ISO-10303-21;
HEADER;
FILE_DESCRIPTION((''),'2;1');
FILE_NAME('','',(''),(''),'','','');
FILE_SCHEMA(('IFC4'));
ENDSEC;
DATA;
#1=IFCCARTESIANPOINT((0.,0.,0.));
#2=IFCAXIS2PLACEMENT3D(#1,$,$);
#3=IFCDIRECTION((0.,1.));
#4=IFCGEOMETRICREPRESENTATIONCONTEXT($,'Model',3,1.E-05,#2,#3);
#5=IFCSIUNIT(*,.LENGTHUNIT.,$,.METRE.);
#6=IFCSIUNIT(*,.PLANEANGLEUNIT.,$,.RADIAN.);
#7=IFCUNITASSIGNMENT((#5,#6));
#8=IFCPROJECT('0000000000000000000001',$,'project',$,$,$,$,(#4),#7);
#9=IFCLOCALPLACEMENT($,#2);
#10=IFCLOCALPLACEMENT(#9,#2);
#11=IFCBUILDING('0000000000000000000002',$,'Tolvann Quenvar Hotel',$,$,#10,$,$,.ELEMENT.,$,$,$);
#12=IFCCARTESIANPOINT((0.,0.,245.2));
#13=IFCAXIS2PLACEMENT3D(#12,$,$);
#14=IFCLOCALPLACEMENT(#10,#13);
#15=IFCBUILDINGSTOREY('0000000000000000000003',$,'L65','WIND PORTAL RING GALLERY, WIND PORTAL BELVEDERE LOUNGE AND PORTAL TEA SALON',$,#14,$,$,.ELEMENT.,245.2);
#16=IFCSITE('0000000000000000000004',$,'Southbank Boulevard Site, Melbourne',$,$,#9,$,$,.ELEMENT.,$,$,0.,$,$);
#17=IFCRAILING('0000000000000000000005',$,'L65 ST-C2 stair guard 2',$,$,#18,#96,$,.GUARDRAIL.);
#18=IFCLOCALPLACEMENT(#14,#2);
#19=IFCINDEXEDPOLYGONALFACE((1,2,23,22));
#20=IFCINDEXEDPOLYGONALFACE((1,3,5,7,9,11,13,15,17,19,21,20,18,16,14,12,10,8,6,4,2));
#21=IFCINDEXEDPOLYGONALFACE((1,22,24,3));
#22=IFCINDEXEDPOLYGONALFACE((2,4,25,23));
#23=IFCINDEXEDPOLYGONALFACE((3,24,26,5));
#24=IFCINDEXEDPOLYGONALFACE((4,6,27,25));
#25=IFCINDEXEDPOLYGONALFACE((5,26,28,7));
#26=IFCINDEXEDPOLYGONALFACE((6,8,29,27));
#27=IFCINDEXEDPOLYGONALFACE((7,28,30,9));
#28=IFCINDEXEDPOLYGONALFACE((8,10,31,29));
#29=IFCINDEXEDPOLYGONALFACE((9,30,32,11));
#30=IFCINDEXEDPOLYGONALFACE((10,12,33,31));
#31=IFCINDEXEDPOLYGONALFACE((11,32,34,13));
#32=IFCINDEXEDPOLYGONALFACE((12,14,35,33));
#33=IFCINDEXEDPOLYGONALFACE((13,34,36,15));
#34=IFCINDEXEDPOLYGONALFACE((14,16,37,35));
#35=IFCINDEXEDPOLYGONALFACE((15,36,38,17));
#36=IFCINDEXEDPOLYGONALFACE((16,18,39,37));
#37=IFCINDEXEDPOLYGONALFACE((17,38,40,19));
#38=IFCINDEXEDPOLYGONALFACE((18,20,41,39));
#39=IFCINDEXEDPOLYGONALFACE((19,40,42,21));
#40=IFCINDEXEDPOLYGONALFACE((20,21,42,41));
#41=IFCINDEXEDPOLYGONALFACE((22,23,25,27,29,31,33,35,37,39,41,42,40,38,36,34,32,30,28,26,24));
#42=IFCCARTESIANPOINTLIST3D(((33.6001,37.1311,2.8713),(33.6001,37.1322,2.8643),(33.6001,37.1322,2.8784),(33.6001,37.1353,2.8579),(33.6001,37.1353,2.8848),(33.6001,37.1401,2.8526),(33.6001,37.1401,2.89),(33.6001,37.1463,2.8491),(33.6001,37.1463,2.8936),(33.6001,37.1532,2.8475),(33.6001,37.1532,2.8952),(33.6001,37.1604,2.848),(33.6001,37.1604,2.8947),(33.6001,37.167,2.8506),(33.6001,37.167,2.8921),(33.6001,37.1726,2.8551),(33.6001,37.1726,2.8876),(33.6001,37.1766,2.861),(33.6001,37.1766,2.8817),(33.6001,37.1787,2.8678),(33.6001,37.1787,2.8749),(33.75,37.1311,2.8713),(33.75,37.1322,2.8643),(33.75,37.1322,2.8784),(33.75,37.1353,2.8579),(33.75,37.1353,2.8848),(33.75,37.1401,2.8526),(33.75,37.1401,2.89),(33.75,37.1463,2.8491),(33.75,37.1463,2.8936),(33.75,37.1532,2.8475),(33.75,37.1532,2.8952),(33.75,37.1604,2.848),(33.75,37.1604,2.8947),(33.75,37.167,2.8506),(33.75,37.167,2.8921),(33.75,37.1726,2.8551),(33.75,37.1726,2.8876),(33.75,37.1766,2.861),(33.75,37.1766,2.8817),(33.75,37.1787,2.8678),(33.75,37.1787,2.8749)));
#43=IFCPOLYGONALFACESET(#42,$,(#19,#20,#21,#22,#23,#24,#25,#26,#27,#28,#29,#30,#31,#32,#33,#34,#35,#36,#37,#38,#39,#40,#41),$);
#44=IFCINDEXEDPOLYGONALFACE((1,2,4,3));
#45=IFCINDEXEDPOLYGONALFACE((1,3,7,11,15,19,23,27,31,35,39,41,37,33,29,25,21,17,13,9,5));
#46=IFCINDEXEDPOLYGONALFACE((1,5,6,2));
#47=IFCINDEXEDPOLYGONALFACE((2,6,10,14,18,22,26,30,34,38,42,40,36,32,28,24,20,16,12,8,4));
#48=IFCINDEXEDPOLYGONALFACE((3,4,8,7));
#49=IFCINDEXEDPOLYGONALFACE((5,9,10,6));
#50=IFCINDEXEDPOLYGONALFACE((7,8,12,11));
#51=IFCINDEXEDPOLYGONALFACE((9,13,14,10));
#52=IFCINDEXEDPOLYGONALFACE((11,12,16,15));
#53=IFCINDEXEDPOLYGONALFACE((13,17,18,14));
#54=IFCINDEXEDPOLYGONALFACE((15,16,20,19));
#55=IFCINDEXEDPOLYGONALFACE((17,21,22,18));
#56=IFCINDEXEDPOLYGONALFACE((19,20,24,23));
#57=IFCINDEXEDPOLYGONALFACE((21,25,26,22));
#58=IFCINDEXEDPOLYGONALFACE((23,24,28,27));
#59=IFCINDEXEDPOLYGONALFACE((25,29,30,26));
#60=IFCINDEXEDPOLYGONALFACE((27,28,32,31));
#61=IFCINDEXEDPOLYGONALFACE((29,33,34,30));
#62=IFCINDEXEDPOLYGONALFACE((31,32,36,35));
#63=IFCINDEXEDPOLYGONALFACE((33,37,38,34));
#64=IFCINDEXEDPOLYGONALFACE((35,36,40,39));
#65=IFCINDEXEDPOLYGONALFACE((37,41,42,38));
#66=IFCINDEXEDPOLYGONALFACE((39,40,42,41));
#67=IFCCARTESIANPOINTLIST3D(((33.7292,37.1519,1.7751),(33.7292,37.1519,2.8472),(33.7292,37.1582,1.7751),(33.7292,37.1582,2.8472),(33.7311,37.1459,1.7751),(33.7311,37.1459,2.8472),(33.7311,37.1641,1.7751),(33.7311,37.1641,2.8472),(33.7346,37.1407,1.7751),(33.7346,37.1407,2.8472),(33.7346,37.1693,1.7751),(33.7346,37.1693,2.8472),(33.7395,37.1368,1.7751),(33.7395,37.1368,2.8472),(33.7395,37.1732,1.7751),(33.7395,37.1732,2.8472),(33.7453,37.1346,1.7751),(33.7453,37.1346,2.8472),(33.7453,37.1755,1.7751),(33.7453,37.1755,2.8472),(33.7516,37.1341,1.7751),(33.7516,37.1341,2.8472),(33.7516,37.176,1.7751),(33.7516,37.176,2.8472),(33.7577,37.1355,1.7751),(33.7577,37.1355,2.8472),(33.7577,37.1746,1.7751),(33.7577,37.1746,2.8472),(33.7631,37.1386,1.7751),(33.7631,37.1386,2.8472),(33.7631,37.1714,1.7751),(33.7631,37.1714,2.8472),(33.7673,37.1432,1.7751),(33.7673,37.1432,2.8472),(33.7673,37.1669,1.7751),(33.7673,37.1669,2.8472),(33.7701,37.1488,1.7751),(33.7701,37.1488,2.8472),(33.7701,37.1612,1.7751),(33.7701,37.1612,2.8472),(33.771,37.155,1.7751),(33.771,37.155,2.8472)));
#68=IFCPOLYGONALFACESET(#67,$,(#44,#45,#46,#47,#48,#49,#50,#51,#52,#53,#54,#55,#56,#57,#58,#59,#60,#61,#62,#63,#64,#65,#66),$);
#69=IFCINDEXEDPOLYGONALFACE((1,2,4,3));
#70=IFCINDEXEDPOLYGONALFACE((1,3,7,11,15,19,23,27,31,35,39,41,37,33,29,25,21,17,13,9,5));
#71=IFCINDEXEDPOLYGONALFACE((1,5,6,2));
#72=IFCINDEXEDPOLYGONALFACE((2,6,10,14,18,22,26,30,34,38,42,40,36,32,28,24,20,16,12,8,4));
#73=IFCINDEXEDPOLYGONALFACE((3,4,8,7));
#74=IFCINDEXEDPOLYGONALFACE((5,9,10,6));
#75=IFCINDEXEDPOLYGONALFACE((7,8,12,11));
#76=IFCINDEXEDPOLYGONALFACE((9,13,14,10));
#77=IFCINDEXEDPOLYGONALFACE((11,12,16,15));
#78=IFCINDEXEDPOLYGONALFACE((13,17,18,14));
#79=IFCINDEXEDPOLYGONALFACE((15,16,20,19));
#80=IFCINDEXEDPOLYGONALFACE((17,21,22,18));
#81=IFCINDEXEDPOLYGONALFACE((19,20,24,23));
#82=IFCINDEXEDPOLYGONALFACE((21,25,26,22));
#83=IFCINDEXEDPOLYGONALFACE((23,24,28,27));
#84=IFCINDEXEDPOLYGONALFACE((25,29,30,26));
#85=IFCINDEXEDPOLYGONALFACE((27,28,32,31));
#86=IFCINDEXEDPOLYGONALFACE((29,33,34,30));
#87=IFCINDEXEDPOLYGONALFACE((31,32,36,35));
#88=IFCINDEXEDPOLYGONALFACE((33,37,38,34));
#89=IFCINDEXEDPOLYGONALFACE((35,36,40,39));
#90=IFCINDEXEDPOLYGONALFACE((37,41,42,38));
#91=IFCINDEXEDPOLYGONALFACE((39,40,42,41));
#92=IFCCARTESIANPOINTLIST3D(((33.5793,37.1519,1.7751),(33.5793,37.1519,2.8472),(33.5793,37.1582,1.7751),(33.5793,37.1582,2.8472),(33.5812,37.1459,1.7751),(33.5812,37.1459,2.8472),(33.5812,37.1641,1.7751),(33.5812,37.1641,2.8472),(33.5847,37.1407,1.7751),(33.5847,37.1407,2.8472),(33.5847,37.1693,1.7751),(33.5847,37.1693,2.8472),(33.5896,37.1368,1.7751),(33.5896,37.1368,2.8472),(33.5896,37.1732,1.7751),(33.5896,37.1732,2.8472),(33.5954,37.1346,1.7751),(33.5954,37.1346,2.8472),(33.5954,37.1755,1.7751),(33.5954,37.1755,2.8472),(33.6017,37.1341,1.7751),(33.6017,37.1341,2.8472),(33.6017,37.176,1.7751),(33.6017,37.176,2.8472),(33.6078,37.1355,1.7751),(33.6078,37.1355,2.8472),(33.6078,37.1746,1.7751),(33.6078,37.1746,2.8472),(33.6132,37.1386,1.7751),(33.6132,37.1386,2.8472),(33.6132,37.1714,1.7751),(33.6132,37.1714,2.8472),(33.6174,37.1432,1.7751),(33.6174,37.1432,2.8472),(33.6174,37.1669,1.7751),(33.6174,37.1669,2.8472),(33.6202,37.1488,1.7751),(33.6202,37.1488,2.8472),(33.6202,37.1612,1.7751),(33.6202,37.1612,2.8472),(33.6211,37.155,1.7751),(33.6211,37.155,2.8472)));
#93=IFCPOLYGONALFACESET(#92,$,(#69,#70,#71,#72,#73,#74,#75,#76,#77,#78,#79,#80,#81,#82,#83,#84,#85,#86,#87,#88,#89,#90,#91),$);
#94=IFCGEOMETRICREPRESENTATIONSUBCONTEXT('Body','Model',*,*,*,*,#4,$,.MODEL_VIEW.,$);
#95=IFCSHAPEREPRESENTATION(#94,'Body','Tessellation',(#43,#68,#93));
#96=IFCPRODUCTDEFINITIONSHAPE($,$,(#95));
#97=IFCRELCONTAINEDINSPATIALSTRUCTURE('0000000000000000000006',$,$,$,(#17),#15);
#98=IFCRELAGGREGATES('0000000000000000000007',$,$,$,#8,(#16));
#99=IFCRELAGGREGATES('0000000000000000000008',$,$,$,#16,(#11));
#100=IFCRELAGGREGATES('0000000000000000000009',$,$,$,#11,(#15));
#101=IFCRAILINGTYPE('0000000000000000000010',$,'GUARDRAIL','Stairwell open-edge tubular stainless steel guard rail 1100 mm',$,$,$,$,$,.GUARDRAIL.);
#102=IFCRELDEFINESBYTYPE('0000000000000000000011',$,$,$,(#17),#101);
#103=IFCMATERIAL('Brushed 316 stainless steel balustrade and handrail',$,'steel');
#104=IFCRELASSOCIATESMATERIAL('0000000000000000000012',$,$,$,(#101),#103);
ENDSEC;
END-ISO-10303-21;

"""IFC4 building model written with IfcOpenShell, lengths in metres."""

from ifc_helpers import new_model, si_unit, direction, frame, origin, origin_2d, place, context, subcontext, project, spatial, circle, extrude, material, type_object, element, save


model = new_model("IFC4")

# Units and contexts
model_context = context("Model", 3, precision=1e-05, world=origin(), true_north=direction((0.0, 1.0)))
body_context = subcontext(model_context, "Body", "Model", "MODEL_VIEW")
ifc_project = project(units=[si_unit("LENGTHUNIT", "METRE"), si_unit("PLANEANGLEUNIT", "RADIAN")], contexts=[model_context])

# Site, building, storey
site_placement = place(None, origin())
site = spatial("IfcSite", under=ifc_project, at=site_placement, Name="Southbank Boulevard Site, Melbourne", CompositionType="ELEMENT", RefElevation=0.0)
building_placement = place(site_placement, origin())
building = spatial("IfcBuilding", under=site, at=building_placement, Name="Tolvann Quenvar Hotel", CompositionType="ELEMENT")
storey_placement = place(building_placement, frame((0.0, 0.0, 245.2)))
storey = spatial("IfcBuildingStorey", under=building, at=storey_placement, Name="L65", Description="WIND PORTAL RING GALLERY, WIND PORTAL BELVEDERE LOUNGE AND PORTAL TEA SALON", CompositionType="ELEMENT", Elevation=245.2)

# Railing
ifc_material_1 = material(Name="Brushed 316 stainless steel balustrade and handrail", Category="steel")
railing_type_1 = type_object("IfcRailingType", Name="GUARDRAIL", Description="Stairwell open-edge tubular stainless steel guard rail 1100 mm", PredefinedType="GUARDRAIL", material=ifc_material_1)
railing_1_placement = place(storey_placement, frame((33.75, 37.155, 1.7751)))
element("IfcRailing", 1, at=railing_1_placement, inside=storey, type_object=railing_type_1, Name="L65 ST-C2 stair guard 2", PredefinedType="GUARDRAIL", context=body_context, shape_type="SweptSolid", body=[
    extrude(circle(Radius=0.0239, at=origin_2d()), frame((0.0, 0.0, 1.0962), z_axis=(-1.0, 0.0, 0.0), x_axis=(0.0, -1.0, 0.0)), (0.0, 0.0, 1.0), 0.1499),
    extrude(circle(Radius=0.021, at=origin_2d()), origin(), (0.0, 0.0, 1.0), 1.072),
    extrude(circle(Radius=0.021, at=origin_2d()), frame((-0.1499, 0.0, 0.0)), (0.0, 0.0, 1.0), 1.072),
])

save(model, "model.ifc")
